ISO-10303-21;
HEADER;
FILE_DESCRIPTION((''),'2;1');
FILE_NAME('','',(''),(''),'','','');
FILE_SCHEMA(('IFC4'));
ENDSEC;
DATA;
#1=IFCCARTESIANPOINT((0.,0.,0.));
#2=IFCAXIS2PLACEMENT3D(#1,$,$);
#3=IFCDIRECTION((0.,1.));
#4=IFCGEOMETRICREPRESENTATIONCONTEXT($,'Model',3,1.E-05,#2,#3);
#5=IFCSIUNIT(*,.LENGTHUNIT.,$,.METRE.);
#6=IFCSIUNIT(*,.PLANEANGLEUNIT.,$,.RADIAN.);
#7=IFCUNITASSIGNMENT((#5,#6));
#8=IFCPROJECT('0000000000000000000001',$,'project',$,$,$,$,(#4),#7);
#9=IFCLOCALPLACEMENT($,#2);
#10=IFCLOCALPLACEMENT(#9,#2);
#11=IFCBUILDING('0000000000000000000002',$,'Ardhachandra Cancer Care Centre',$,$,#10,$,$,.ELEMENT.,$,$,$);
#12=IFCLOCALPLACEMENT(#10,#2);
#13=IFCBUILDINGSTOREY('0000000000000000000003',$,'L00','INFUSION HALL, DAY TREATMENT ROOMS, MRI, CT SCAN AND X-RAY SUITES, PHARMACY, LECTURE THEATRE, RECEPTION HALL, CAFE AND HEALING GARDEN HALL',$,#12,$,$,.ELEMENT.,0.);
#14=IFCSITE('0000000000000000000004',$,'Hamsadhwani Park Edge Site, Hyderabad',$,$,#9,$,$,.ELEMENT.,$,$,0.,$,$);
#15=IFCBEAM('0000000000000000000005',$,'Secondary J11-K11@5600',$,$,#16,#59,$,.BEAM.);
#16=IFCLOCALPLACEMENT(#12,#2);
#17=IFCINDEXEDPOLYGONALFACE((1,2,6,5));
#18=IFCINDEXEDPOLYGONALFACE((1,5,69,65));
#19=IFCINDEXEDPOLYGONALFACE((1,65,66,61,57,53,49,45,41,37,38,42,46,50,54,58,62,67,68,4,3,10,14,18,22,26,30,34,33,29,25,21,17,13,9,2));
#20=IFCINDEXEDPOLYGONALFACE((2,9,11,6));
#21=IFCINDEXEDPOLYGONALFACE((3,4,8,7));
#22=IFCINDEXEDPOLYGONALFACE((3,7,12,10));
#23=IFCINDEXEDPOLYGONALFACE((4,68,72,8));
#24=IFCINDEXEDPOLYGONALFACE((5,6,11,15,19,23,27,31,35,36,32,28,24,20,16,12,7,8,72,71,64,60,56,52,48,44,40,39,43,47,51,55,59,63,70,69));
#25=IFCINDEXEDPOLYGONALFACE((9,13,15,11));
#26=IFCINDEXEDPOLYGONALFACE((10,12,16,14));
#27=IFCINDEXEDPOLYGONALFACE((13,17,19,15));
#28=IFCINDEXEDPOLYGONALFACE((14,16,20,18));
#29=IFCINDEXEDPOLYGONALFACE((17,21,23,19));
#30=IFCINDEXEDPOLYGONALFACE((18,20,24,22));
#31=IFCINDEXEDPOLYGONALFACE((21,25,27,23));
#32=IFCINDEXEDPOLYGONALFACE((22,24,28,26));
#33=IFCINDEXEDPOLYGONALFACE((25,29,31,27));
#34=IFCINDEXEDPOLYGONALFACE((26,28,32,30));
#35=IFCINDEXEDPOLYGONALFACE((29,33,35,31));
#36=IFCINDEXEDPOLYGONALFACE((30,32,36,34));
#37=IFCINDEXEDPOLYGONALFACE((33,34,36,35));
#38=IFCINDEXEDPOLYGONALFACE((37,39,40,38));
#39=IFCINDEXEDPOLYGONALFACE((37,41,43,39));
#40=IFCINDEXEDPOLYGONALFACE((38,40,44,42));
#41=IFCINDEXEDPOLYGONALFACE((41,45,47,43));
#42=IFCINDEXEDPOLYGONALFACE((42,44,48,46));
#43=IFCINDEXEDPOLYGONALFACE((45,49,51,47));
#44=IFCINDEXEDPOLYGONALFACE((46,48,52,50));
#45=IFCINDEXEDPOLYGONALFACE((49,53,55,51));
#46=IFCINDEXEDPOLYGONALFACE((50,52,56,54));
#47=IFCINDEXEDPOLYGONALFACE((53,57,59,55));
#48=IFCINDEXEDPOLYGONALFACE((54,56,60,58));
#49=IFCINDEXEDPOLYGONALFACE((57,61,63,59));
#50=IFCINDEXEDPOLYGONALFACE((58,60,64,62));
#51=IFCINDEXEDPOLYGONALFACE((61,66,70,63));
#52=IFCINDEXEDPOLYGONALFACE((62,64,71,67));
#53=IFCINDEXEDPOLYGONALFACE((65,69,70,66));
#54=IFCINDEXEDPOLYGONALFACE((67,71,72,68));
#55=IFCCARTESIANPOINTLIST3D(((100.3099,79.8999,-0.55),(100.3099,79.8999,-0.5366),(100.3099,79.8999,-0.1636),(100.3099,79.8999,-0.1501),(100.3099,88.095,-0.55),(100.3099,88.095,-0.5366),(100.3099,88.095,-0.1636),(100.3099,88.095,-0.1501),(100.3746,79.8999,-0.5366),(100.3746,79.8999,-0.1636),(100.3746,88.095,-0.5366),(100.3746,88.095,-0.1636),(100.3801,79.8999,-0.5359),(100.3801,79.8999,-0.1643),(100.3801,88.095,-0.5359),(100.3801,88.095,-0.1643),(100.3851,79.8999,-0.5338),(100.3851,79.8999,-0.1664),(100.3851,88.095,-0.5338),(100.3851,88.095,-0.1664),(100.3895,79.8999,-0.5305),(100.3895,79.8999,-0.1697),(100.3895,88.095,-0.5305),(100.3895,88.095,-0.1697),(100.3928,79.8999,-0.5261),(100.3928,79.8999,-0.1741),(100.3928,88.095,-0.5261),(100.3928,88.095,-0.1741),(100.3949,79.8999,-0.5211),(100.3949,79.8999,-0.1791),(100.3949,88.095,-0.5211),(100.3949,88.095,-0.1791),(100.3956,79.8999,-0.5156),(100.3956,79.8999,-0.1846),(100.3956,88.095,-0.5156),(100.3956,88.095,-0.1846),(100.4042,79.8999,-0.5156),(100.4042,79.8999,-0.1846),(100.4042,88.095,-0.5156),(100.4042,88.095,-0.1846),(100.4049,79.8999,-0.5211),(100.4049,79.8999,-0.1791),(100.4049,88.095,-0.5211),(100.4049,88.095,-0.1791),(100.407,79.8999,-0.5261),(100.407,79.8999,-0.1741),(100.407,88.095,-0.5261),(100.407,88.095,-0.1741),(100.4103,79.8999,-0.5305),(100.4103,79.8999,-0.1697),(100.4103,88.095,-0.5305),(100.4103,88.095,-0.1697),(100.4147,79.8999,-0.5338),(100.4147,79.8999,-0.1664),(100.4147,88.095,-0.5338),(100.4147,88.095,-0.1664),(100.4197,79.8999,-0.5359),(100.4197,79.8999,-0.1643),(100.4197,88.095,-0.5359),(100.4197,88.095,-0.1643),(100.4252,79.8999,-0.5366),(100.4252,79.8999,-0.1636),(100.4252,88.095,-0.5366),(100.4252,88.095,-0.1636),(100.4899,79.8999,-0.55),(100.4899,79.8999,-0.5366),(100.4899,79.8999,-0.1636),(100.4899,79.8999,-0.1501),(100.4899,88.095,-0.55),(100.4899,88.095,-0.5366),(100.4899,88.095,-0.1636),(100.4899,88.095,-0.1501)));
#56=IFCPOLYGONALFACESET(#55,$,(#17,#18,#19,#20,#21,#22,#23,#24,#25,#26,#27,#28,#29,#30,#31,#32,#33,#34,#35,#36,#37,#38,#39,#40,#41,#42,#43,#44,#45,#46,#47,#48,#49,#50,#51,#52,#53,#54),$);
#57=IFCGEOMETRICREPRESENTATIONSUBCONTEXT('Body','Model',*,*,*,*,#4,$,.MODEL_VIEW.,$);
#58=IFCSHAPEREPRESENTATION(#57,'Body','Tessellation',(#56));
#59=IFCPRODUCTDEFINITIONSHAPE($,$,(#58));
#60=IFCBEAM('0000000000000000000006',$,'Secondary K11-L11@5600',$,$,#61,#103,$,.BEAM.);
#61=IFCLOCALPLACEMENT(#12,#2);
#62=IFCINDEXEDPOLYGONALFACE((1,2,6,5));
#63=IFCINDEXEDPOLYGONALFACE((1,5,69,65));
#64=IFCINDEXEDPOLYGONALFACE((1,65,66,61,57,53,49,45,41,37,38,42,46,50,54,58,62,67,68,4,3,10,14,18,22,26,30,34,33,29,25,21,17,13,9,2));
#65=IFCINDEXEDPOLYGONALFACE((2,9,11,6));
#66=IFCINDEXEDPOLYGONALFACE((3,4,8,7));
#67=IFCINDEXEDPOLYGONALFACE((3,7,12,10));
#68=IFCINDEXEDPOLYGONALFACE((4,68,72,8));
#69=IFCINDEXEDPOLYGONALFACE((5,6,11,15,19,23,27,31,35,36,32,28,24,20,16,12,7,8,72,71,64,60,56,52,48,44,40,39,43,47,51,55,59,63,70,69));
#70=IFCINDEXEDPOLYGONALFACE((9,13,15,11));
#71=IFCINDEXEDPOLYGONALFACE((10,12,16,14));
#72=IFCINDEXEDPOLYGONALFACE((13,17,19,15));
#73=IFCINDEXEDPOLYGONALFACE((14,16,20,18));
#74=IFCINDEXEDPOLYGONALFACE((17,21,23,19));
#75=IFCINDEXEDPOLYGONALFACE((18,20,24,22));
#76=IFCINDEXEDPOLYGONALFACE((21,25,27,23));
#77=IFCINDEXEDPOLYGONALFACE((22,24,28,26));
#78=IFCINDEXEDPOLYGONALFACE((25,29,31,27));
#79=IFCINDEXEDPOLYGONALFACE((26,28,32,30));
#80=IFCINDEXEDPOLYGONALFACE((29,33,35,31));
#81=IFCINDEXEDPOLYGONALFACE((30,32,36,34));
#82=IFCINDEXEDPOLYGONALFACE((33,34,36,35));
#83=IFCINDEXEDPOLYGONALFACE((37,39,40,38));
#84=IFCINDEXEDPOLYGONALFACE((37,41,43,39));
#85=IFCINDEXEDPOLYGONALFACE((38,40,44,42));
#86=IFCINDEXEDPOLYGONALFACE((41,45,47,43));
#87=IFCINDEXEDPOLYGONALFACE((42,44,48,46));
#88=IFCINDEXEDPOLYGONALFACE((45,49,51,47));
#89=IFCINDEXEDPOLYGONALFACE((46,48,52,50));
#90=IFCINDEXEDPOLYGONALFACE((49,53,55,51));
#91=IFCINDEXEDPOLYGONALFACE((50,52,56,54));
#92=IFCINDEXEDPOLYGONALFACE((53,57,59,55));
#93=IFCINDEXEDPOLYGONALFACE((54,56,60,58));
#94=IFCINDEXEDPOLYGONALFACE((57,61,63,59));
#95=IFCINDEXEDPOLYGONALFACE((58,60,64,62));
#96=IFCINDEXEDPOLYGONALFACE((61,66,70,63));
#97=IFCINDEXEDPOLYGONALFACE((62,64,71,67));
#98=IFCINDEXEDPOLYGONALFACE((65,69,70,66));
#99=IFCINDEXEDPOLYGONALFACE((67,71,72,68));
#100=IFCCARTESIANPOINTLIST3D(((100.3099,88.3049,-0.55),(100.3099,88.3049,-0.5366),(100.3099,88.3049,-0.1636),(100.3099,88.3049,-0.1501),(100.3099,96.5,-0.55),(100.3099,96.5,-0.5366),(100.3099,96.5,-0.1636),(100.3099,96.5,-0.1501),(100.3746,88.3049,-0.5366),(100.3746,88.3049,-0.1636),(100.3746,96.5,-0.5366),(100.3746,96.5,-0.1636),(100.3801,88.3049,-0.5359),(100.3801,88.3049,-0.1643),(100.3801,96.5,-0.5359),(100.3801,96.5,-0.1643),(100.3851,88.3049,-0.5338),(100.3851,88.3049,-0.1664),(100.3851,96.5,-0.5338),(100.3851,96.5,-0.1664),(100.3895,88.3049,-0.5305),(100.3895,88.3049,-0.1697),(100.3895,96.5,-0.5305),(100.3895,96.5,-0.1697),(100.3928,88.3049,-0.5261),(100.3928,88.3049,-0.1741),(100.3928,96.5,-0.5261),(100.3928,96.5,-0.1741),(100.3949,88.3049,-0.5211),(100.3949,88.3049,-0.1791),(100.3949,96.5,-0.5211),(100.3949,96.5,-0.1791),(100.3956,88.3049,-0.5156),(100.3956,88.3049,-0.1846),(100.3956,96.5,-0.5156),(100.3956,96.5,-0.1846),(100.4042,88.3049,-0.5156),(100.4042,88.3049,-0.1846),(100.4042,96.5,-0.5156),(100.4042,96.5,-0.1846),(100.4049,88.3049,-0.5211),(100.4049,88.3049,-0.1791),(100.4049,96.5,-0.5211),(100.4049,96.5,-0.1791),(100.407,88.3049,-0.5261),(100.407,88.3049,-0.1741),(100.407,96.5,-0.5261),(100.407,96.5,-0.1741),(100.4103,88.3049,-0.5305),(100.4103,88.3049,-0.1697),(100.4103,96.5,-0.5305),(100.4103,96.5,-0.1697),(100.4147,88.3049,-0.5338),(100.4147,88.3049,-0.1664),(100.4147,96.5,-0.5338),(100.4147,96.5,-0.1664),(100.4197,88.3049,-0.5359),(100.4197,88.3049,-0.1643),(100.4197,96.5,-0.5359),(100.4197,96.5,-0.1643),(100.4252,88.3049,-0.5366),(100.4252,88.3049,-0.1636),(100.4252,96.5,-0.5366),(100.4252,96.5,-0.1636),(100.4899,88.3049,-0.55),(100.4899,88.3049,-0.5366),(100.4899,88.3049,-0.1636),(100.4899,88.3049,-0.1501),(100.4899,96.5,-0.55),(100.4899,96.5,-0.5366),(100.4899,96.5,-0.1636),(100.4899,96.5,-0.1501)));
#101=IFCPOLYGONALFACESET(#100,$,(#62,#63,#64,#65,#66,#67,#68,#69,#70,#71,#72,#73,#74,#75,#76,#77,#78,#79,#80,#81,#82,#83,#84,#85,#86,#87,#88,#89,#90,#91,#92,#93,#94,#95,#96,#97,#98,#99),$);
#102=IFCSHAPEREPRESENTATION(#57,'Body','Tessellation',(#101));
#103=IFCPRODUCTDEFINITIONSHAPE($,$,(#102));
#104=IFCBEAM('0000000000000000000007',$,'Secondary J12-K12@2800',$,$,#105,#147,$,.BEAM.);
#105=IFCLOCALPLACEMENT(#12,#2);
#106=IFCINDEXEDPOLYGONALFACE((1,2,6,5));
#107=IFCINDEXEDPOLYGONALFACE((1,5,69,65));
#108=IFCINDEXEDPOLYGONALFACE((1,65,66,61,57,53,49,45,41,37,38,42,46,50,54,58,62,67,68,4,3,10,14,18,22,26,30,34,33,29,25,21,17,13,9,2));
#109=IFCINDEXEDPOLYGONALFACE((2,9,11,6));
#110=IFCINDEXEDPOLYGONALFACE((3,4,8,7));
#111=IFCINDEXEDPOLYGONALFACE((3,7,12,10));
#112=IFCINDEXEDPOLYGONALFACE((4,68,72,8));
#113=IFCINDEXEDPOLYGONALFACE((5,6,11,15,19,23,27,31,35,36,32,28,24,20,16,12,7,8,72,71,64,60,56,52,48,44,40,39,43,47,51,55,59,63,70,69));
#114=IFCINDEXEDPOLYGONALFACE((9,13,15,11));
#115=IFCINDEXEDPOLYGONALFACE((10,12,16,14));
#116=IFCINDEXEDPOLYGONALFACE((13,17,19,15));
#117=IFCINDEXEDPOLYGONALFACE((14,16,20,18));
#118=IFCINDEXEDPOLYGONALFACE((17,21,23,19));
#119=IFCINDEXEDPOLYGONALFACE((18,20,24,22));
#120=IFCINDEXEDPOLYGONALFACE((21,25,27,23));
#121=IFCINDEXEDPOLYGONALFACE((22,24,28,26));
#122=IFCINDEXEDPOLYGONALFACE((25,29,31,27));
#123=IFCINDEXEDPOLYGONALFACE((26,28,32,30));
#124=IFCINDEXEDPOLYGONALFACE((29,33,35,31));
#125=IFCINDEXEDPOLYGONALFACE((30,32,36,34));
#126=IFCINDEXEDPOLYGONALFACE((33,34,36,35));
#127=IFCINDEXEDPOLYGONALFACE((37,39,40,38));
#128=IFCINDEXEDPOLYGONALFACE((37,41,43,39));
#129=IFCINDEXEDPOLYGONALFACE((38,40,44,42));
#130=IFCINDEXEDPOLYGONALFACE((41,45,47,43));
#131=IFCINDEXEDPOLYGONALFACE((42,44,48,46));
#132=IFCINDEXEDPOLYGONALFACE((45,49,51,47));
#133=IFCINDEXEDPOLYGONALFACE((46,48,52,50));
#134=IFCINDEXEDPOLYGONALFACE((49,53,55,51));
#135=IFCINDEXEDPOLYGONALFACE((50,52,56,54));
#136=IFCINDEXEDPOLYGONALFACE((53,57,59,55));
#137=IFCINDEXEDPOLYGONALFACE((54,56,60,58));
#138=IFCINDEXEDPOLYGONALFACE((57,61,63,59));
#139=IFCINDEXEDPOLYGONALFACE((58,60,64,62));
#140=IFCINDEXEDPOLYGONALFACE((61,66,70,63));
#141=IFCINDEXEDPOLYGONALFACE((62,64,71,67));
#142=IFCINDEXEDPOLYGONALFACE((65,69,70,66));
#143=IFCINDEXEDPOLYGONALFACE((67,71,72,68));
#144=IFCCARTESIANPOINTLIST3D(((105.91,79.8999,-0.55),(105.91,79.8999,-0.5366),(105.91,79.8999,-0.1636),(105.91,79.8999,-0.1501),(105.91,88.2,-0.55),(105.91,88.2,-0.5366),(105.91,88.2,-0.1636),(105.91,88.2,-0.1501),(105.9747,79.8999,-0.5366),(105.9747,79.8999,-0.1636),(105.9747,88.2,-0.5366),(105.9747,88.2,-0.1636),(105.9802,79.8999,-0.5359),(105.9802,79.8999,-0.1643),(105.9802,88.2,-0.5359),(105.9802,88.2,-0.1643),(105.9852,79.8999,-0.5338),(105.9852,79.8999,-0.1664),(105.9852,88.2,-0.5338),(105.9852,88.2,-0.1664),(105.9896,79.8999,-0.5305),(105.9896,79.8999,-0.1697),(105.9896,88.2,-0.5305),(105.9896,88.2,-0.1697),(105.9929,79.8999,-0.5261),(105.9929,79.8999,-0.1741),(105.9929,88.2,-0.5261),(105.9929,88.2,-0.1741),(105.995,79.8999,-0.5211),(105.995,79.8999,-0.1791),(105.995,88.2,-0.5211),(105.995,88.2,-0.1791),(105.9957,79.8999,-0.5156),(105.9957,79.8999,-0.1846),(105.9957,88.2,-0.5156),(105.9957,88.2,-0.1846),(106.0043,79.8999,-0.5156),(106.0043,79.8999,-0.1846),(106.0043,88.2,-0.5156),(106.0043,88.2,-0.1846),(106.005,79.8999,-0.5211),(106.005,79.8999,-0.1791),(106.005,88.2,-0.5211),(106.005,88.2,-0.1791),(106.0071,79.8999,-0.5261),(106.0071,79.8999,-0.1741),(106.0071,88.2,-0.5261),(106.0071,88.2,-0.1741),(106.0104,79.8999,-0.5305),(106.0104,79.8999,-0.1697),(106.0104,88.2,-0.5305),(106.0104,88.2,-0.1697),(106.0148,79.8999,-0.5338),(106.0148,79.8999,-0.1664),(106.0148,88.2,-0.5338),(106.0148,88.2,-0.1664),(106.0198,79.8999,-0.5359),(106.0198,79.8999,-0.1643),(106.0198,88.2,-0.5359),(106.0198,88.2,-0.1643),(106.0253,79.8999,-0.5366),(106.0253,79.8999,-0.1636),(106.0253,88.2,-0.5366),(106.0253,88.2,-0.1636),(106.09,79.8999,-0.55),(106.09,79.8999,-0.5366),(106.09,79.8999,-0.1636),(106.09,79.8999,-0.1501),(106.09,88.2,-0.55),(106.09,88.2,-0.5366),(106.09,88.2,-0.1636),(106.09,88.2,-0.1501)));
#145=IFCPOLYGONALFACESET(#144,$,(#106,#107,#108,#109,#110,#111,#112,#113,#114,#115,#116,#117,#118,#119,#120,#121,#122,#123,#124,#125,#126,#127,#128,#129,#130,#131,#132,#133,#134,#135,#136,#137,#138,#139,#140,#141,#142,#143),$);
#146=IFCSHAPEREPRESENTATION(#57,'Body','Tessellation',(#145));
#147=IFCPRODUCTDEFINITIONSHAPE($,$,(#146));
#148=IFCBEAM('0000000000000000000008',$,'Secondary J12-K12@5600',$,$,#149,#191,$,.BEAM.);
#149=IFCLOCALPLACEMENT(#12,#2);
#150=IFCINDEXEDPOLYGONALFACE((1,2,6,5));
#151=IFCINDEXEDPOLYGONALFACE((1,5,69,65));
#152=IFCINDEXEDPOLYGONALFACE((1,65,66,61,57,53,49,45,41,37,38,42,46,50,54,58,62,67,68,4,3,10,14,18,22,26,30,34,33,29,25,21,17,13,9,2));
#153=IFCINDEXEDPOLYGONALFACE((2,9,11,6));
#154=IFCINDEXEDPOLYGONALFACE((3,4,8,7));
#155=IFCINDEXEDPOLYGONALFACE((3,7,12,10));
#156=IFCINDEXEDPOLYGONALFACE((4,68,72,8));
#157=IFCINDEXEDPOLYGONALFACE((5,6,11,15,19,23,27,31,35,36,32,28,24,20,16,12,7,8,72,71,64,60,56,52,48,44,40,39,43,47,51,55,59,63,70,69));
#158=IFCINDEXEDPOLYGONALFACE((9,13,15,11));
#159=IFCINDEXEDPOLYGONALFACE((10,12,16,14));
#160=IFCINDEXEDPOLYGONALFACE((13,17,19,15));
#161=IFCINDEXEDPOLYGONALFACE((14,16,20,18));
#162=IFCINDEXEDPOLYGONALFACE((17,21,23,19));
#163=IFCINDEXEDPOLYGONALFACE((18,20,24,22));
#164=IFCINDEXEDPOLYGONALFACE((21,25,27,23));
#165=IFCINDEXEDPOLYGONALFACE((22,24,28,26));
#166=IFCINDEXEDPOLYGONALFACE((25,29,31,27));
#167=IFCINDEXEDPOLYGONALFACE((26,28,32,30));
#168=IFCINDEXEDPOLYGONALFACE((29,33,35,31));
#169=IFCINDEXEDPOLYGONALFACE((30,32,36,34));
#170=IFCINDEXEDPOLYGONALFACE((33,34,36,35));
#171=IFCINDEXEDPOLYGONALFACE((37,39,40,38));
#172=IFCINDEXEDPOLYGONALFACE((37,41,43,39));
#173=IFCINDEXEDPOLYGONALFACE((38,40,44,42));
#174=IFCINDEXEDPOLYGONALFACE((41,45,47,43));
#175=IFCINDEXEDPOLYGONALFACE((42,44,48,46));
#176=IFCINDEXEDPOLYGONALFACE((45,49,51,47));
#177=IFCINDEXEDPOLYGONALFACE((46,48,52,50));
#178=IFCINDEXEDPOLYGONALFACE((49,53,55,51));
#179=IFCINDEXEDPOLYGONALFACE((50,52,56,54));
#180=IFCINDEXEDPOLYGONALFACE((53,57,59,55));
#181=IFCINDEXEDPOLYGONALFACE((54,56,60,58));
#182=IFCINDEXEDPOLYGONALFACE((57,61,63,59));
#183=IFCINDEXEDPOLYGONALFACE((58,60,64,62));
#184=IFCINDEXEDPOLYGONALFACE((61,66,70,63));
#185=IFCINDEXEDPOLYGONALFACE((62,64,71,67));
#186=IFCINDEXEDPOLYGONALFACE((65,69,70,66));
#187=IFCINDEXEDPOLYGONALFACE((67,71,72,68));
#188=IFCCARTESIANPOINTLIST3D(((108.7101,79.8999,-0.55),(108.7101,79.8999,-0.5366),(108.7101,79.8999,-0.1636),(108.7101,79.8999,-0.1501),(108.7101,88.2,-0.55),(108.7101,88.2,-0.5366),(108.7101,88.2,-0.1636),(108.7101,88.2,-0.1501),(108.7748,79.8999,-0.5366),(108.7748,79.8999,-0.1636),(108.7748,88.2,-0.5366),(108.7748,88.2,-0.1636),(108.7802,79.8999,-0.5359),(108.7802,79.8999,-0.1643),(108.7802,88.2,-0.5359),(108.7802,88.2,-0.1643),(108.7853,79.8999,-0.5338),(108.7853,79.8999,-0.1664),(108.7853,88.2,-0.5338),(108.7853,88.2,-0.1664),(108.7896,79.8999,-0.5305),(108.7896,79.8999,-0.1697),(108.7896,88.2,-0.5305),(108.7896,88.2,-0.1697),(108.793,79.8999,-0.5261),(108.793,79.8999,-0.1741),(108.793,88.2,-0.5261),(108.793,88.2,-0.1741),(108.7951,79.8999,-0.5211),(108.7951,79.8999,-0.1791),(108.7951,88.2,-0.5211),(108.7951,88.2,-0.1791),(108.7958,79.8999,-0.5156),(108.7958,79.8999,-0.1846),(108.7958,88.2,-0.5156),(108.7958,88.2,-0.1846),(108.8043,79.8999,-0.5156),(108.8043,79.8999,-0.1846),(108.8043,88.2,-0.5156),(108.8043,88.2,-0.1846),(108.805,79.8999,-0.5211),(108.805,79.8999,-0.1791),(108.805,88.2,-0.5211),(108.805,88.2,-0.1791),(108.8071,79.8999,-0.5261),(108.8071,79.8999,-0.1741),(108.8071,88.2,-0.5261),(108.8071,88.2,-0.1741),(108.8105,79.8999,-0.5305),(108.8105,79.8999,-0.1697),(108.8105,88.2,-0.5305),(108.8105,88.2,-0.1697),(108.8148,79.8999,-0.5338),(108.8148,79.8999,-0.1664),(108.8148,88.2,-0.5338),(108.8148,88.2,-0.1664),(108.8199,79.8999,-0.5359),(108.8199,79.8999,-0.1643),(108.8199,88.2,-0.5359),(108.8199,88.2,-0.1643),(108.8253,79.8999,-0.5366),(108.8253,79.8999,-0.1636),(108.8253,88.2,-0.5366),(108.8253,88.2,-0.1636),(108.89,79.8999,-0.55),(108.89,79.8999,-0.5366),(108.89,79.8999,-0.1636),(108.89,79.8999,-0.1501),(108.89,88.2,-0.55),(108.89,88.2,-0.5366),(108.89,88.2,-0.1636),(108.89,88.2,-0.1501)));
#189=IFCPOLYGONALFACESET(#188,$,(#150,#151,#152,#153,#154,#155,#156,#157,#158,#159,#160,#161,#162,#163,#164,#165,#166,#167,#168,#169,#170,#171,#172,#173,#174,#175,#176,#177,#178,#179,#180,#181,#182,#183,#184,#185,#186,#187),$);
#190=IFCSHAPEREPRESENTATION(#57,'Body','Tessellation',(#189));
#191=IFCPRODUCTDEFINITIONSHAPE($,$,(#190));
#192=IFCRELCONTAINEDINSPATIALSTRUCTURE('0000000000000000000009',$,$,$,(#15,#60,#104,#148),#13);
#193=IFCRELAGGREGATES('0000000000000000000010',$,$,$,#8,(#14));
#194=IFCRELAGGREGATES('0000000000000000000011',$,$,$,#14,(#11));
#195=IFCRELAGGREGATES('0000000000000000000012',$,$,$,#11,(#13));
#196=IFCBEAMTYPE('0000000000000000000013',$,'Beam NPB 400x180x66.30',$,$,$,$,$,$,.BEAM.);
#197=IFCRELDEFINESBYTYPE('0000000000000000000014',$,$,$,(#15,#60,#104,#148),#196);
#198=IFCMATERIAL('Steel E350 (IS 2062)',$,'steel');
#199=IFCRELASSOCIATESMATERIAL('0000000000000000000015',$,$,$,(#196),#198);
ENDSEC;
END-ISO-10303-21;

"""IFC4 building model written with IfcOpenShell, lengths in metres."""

from ifc_helpers import new_model, si_unit, direction, frame, origin, origin_2d, place, context, subcontext, project, spatial, i_section, extrude, material, material_profile, profile_set, type_object, element, save


model = new_model("IFC4")

# Units and contexts
model_context = context("Model", 3, precision=1e-05, world=origin(), true_north=direction((0.0, 1.0)))
body_context = subcontext(model_context, "Body", "Model", "MODEL_VIEW")
ifc_project = project(units=[si_unit("LENGTHUNIT", "METRE"), si_unit("PLANEANGLEUNIT", "RADIAN")], contexts=[model_context])

# Site, building, storey
site_placement = place(None, origin())
site = spatial("IfcSite", under=ifc_project, at=site_placement, Name="Hamsadhwani Park Edge Site, Hyderabad", CompositionType="ELEMENT", RefElevation=0.0)
building_placement = place(site_placement, origin())
building = spatial("IfcBuilding", under=site, at=building_placement, Name="Ardhachandra Cancer Care Centre", CompositionType="ELEMENT")
storey_placement = place(building_placement, origin())
storey = spatial("IfcBuildingStorey", under=building, at=storey_placement, Name="L00", Description="INFUSION HALL, DAY TREATMENT ROOMS, MRI, CT SCAN AND X-RAY SUITES, PHARMACY, LECTURE THEATRE, RECEPTION HALL, CAFE AND HEALING GARDEN HALL", CompositionType="ELEMENT", Elevation=0.0)

# Beams
ifc_material_1 = material(Name="Steel E350 (IS 2062)", Category="steel")
ifc_material_profile_1 = material_profile(ifc_material_1, i_section(OverallWidth=0.1799, OverallDepth=0.3999, WebThickness=0.0085, FlangeThickness=0.0134, FilletRadius=0.021, at=origin_2d()), Name="NPB 400x180x66.30")
ifc_profile_set_1 = profile_set([ifc_material_profile_1], Name="Steel E350 (IS 2062)")
beam_type_1 = type_object("IfcBeamType", Name="Beam NPB 400x180x66.30", PredefinedType="BEAM", material=ifc_profile_set_1)
for number, where, z_axis, x_axis, name in (
    (1, (100.3999, 79.8999, -0.3501), (0.0, 1.0, 0.0), (-1.0, 0.0, 0.0), "Secondary J11-K11@5600"),
    (2, (100.3999, 88.3049, -0.3501), (0.0, 1.0, 0.0), (-1.0, 0.0, 0.0), "Secondary K11-L11@5600"),
):
    element("IfcBeam", number, at=place(storey_placement, frame(where, z_axis=z_axis, x_axis=x_axis)), inside=storey, type_object=beam_type_1, Name=name, PredefinedType="BEAM", context=body_context, shape_type="SweptSolid", body=[
        extrude(i_section(OverallWidth=0.1799, OverallDepth=0.3999, WebThickness=0.0085, FlangeThickness=0.0134, FilletRadius=0.021, at=origin_2d()), origin(), (0.0, 0.0, 1.0), 8.1951),
    ])
for number, where, z_axis, x_axis, name in (
    (3, (106.0, 79.8999, -0.3501), (0.0, 1.0, 0.0), (-1.0, 0.0, 0.0), "Secondary J12-K12@2800"),
    (4, (108.8, 79.8999, -0.3501), (0.0, 1.0, 0.0), (-1.0, 0.0, 0.0), "Secondary J12-K12@5600"),
):
    element("IfcBeam", number, at=place(storey_placement, frame(where, z_axis=z_axis, x_axis=x_axis)), inside=storey, type_object=beam_type_1, Name=name, PredefinedType="BEAM", context=body_context, shape_type="SweptSolid", body=[
        extrude(i_section(OverallWidth=0.1799, OverallDepth=0.3999, WebThickness=0.0085, FlangeThickness=0.0134, FilletRadius=0.021, at=origin_2d()), origin(), (0.0, 0.0, 1.0), 8.3),
    ])

save(model, "model.ifc")
